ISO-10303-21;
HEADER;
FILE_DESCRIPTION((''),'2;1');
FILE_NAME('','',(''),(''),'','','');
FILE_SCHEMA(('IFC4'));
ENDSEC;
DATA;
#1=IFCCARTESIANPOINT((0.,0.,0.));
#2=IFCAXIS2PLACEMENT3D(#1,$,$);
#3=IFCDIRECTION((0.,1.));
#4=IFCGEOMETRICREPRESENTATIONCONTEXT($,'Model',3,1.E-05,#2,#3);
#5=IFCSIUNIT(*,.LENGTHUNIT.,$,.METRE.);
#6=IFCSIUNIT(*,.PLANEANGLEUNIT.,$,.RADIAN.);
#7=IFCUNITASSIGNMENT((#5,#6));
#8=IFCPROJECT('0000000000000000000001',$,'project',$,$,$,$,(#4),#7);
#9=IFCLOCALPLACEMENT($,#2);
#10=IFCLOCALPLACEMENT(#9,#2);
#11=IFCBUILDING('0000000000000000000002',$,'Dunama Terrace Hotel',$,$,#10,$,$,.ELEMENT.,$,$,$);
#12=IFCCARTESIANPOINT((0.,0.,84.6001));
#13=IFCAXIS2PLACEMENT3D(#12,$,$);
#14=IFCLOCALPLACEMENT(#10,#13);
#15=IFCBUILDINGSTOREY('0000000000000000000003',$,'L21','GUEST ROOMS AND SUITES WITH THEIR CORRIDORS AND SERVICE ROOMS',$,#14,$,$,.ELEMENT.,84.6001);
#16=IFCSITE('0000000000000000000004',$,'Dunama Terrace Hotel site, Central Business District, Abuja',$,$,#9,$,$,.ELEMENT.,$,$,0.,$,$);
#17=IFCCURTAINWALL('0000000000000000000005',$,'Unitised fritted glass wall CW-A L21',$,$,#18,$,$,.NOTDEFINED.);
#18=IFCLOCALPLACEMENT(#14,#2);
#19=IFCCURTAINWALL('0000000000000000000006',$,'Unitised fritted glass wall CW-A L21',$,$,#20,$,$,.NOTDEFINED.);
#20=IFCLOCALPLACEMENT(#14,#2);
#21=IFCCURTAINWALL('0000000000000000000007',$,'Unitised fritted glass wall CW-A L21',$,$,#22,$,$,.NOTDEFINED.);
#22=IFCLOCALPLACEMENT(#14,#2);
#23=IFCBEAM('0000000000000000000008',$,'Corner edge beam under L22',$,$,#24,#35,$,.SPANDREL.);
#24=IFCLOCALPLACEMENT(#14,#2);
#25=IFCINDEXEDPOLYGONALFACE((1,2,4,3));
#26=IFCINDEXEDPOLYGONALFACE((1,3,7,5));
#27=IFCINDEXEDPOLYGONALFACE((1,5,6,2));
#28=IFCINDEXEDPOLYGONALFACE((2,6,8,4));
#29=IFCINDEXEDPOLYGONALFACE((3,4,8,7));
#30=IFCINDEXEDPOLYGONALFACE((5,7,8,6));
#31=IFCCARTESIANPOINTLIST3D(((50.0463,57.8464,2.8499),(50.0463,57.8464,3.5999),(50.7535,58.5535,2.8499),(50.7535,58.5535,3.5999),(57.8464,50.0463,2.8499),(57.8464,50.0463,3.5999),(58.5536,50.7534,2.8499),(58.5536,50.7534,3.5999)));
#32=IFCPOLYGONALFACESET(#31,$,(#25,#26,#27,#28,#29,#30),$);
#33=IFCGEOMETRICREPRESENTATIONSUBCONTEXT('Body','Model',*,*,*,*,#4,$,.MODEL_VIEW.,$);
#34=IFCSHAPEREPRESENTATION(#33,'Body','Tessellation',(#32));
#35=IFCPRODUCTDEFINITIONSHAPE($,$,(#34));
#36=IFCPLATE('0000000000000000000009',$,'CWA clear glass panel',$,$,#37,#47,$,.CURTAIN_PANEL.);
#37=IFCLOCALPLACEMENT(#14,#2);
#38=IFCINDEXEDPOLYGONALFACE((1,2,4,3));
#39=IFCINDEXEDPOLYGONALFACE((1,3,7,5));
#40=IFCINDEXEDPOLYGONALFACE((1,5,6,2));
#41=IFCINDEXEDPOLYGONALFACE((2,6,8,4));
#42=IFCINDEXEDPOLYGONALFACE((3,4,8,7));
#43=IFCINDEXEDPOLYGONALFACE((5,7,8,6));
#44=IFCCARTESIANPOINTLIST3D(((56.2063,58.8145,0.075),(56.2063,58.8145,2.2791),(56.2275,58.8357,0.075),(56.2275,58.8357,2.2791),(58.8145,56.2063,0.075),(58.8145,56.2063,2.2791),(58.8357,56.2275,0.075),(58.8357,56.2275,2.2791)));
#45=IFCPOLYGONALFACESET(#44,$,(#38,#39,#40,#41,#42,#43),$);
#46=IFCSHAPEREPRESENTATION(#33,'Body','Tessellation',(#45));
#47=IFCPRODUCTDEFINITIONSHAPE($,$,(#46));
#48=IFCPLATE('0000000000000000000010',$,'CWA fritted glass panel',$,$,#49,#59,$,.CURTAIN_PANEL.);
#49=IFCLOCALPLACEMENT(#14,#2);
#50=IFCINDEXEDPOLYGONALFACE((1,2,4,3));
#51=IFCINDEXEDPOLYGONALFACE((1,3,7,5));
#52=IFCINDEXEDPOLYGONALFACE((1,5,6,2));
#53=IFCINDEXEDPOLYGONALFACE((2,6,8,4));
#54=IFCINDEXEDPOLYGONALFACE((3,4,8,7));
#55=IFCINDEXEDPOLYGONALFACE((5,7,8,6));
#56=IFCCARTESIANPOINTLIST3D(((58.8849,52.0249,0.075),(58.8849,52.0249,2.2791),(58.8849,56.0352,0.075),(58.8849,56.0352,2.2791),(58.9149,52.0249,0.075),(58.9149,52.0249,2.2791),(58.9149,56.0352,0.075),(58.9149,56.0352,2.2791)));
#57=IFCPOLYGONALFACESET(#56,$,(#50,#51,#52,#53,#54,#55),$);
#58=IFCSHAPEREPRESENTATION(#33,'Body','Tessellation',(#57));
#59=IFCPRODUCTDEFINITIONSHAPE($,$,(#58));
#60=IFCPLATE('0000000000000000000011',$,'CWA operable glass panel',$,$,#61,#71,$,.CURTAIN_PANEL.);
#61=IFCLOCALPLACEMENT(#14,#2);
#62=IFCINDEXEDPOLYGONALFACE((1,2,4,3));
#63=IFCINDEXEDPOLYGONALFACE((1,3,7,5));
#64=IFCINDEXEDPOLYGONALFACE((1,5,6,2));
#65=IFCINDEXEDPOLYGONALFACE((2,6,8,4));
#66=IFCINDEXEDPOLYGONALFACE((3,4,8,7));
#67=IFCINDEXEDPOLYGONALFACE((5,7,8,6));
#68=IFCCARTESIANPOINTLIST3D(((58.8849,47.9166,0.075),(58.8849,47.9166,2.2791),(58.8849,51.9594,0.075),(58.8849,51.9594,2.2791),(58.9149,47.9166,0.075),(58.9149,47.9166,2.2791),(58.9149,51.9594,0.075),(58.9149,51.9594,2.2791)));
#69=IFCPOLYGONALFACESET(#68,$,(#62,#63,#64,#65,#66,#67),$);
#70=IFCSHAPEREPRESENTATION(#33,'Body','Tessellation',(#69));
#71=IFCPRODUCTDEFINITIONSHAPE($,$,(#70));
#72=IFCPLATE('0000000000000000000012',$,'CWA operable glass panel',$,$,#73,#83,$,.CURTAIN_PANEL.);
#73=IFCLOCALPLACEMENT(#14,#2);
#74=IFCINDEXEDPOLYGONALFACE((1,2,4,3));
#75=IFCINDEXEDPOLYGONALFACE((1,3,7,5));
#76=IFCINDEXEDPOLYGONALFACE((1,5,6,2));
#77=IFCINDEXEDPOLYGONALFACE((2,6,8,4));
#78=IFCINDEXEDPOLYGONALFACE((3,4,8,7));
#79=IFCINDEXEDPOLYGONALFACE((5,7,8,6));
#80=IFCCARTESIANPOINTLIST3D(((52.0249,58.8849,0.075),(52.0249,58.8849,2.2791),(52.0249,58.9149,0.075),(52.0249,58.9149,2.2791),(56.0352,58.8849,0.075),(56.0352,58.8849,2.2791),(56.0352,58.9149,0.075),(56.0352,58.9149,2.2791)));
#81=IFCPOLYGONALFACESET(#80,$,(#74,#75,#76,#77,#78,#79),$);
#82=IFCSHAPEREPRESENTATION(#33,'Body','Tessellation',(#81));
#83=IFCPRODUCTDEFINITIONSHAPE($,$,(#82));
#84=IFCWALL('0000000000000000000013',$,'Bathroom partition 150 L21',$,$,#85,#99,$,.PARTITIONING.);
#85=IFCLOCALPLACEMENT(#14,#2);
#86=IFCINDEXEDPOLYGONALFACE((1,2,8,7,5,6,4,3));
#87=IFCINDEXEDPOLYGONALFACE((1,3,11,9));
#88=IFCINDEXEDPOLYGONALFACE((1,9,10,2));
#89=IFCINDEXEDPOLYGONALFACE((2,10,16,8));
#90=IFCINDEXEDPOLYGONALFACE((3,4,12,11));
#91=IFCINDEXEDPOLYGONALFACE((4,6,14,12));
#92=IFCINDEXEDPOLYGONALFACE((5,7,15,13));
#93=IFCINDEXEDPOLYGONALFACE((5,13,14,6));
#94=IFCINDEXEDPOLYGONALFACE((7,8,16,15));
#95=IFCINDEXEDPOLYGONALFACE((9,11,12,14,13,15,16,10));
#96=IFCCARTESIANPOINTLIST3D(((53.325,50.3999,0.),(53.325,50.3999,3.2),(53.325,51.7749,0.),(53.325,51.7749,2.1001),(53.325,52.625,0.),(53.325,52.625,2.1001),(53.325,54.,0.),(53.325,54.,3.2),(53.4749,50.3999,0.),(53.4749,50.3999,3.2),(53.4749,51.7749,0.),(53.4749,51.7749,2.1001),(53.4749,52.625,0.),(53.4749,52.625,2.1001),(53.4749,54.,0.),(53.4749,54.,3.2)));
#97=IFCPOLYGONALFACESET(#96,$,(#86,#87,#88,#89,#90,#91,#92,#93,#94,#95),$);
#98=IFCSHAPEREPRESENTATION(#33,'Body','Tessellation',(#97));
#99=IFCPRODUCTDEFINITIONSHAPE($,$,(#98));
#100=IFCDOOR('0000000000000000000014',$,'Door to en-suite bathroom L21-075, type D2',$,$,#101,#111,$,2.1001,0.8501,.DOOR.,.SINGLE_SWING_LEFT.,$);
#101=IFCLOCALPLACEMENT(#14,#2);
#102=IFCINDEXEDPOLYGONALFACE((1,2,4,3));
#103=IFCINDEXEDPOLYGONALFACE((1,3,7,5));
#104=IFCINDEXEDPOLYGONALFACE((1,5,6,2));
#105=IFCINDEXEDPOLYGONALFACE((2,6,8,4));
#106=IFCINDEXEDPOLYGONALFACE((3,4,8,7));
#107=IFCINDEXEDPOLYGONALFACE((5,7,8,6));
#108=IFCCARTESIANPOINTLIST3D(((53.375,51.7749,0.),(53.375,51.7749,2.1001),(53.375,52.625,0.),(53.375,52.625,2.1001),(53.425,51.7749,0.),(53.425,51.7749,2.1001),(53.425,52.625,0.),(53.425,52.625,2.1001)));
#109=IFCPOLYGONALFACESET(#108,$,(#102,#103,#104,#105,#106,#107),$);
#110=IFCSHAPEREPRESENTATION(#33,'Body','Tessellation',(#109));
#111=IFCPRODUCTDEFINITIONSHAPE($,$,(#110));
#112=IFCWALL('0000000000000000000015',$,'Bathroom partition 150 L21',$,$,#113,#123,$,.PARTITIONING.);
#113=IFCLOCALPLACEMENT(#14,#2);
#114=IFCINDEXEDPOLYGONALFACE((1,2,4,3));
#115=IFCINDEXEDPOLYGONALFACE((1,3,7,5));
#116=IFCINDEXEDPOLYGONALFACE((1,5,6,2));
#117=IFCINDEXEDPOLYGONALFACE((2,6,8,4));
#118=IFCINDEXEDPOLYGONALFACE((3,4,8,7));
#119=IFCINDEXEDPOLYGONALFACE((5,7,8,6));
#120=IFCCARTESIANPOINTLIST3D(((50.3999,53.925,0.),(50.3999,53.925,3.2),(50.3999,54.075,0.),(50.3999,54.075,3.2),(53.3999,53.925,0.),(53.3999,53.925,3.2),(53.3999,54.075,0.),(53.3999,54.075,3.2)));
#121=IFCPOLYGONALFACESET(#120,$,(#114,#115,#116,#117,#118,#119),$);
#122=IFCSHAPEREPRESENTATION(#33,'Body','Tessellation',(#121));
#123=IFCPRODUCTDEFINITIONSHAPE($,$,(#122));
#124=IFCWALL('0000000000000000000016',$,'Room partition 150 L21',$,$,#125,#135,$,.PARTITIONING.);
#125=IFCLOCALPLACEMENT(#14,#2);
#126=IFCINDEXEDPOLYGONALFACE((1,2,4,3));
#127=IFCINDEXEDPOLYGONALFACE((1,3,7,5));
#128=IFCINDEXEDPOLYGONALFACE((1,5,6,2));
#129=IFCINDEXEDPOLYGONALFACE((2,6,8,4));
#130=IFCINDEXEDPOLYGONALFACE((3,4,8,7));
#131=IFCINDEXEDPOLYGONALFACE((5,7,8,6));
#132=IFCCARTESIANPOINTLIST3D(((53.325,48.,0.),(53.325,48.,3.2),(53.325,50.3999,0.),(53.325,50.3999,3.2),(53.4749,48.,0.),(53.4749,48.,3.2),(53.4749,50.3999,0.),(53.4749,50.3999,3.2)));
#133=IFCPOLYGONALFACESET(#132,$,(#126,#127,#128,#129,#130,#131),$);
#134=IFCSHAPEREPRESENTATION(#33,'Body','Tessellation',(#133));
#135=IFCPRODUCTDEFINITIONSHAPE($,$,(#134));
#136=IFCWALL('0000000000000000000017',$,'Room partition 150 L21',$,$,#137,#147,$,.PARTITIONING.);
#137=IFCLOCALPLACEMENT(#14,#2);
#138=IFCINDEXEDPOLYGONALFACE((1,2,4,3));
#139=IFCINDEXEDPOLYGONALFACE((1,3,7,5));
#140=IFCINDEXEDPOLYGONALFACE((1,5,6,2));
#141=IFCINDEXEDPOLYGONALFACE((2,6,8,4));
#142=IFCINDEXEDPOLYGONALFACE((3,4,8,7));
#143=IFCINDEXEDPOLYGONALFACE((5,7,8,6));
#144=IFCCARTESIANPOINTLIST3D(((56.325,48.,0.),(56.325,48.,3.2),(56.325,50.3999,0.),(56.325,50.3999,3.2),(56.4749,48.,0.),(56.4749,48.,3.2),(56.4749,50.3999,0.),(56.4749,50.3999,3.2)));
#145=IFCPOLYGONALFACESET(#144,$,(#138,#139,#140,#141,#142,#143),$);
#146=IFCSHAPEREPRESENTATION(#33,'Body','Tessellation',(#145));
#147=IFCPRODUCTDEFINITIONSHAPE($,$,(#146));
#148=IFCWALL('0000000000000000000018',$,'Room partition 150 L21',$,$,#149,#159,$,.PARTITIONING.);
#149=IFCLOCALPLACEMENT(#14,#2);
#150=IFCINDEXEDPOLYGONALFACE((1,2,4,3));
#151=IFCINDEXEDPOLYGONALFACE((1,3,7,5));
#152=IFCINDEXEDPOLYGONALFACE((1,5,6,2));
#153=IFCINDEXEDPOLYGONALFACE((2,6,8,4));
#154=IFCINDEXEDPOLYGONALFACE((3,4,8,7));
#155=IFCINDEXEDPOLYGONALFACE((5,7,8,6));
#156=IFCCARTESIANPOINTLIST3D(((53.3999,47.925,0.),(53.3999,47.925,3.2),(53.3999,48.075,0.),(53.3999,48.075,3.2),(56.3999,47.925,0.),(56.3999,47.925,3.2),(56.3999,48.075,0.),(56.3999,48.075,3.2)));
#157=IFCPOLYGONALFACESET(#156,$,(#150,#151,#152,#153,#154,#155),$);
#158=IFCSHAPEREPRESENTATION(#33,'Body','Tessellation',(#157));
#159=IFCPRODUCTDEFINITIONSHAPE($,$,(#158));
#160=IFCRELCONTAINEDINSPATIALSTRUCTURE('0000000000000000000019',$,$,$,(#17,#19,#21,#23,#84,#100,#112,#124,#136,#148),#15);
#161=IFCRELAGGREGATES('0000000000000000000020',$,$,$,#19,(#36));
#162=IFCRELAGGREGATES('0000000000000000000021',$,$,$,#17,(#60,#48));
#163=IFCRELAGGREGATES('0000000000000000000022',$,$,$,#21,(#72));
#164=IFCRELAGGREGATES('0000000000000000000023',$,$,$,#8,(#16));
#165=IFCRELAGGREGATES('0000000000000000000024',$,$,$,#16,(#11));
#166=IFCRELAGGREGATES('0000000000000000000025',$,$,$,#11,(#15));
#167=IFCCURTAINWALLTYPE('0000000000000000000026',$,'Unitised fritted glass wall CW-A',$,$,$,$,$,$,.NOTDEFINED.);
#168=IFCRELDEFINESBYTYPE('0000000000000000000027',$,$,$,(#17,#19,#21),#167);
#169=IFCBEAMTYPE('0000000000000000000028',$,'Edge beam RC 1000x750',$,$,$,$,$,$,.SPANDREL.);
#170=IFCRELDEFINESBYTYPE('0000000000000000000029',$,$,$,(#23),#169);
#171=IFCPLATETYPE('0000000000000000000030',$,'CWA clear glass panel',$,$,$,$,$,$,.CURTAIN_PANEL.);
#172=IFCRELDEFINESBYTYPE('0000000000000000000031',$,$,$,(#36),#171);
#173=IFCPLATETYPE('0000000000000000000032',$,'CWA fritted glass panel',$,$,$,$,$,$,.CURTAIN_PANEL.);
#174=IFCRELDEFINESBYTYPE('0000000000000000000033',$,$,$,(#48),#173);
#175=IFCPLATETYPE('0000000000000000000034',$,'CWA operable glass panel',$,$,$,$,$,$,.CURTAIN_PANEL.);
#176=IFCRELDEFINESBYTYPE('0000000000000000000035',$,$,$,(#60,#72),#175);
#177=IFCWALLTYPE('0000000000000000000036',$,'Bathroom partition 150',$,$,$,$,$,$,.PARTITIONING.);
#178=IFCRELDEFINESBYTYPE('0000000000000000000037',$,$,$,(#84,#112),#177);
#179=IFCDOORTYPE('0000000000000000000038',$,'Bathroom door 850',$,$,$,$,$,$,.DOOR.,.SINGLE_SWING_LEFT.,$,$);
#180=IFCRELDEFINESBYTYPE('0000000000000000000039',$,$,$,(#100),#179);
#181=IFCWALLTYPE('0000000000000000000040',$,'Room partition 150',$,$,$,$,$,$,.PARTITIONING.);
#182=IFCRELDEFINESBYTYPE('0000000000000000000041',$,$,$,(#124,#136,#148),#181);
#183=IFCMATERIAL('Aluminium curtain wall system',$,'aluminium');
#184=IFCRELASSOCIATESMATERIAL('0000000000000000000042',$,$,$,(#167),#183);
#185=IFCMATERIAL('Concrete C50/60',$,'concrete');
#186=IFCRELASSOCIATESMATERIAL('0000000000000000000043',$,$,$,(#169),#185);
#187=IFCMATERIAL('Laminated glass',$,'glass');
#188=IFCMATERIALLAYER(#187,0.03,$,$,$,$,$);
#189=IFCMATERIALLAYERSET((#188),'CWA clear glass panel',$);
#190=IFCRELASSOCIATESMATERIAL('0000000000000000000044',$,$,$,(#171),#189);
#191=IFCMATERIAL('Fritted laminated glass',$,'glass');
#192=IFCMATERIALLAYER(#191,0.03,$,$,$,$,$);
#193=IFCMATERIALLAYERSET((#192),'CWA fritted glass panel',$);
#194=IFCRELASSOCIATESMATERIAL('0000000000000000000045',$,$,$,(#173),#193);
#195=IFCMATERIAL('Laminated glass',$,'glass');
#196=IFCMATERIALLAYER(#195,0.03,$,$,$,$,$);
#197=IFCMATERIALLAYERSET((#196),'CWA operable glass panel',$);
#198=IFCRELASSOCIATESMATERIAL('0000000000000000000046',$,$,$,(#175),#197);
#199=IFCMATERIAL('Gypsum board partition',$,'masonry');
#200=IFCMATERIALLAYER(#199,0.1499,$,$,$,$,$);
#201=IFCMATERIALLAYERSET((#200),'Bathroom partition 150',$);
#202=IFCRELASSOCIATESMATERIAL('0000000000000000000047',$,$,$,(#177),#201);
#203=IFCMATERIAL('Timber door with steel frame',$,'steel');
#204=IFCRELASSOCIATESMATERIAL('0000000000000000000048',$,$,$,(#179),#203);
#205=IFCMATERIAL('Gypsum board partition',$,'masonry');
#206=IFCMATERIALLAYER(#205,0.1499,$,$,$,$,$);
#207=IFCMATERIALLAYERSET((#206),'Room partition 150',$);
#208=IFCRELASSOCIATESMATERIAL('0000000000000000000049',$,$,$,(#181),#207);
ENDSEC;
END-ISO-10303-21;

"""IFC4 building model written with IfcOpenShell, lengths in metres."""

from ifc_helpers import new_model, si_unit, direction, frame, frame_2d, origin, origin_2d, place, context, subcontext, project, spatial, rectangle, extrude, material, layer, layer_set, material_profile, profile_set, type_object, element, fill, aggregate, save


model = new_model("IFC4")

# Units and contexts
model_context = context("Model", 3, precision=1e-05, world=origin(), true_north=direction((0.0, 1.0)))
body_context = subcontext(model_context, "Body", "Model", "MODEL_VIEW")
ifc_project = project(units=[si_unit("LENGTHUNIT", "METRE"), si_unit("PLANEANGLEUNIT", "RADIAN")], contexts=[model_context])

# Site, building, storey
site_placement = place(None, origin())
site = spatial("IfcSite", under=ifc_project, at=site_placement, Name="Dunama Terrace Hotel site, Central Business District, Abuja", CompositionType="ELEMENT", RefElevation=0.0)
building_placement = place(site_placement, origin())
building = spatial("IfcBuilding", under=site, at=building_placement, Name="Dunama Terrace Hotel", CompositionType="ELEMENT")
storey_placement = place(building_placement, frame((0.0, 0.0, 84.6001)))
storey = spatial("IfcBuildingStorey", under=building, at=storey_placement, Name="L21", Description="GUEST ROOMS AND SUITES WITH THEIR CORRIDORS AND SERVICE ROOMS", CompositionType="ELEMENT", Elevation=84.6001)

# Curtain walls
ifc_material_1 = material(Name="Aluminium curtain wall system", Category="aluminium")
curtain_wall_type = type_object("IfcCurtainWallType", Name="Unitised fritted glass wall CW-A", PredefinedType="NOTDEFINED", material=ifc_material_1)
curtain_wall_1_placement = place(storey_placement, origin())
curtain_wall_1 = element("IfcCurtainWall", 1, at=curtain_wall_1_placement, inside=storey, type_object=curtain_wall_type, Name="Unitised fritted glass wall CW-A L21", PredefinedType="NOTDEFINED")
curtain_wall_2_placement = place(storey_placement, origin())
curtain_wall_2 = element("IfcCurtainWall", 2, at=curtain_wall_2_placement, inside=storey, type_object=curtain_wall_type, Name="Unitised fritted glass wall CW-A L21", PredefinedType="NOTDEFINED")
curtain_wall_3_placement = place(storey_placement, origin())
curtain_wall_3 = element("IfcCurtainWall", 3, at=curtain_wall_3_placement, inside=storey, type_object=curtain_wall_type, Name="Unitised fritted glass wall CW-A L21", PredefinedType="NOTDEFINED")

# Beam
ifc_material_2 = material(Name="Concrete C50/60", Category="concrete")
ifc_material_profile_1 = material_profile(ifc_material_2, rectangle(XDim=1.0, YDim=0.75, at=origin_2d()), Name="RC 1000x750")
ifc_profile_set_1 = profile_set([ifc_material_profile_1], Name="Concrete C50/60")
beam_type = type_object("IfcBeamType", Name="Edge beam RC 1000x750", PredefinedType="SPANDREL", material=ifc_profile_set_1)
beam_placement = place(storey_placement, frame((50.3999, 58.2, 3.2249), z_axis=(0.707107, -0.707107, 0.0), x_axis=(0.707107, 0.707107, 0.0)))
element("IfcBeam", 4, at=beam_placement, inside=storey, type_object=beam_type, Name="Corner edge beam under L22", PredefinedType="SPANDREL", context=body_context, shape_type="SweptSolid", body=[
    extrude(rectangle(XDim=1.0, YDim=0.75, at=origin_2d()), origin(), (0.0, 0.0, 1.0), 11.031),
])

# Plates
ifc_material_3 = material(Name="Laminated glass", Category="glass")
ifc_layer_1 = layer(ifc_material_3, 0.03)
ifc_layer_set_1 = layer_set([ifc_layer_1], Name="CWA clear glass panel")
plate_type_1 = type_object("IfcPlateType", Name="CWA clear glass panel", PredefinedType="CURTAIN_PANEL", material=ifc_layer_set_1)
plate_1_placement = place(storey_placement, frame((57.521, 57.521, 0.075), z_axis=(0.0, 0.0, 1.0), x_axis=(-0.707107, 0.707107, 0.0)))
plate_1 = element("IfcPlate", 5, at=plate_1_placement, type_object=plate_type_1, Name="CWA clear glass panel", PredefinedType="CURTAIN_PANEL", context=body_context, shape_type="SweptSolid", body=[
    extrude(rectangle(XDim=3.6885, YDim=0.03, at=origin_2d()), origin(), (0.0, 0.0, 1.0), 2.2041),
])
aggregate(curtain_wall_2, [plate_1])
ifc_material_4 = material(Name="Fritted laminated glass", Category="glass")
ifc_layer_2 = layer(ifc_material_4, 0.03)
ifc_layer_set_2 = layer_set([ifc_layer_2], Name="CWA fritted glass panel")
plate_type_2 = type_object("IfcPlateType", Name="CWA fritted glass panel", PredefinedType="CURTAIN_PANEL", material=ifc_layer_set_2)
plate_2_placement = place(storey_placement, frame((58.8999, 54.03, 0.075), z_axis=(0.0, 0.0, 1.0), x_axis=(0.0, 1.0, 0.0)))
plate_2 = element("IfcPlate", 6, at=plate_2_placement, type_object=plate_type_2, Name="CWA fritted glass panel", PredefinedType="CURTAIN_PANEL", context=body_context, shape_type="SweptSolid", body=[
    extrude(rectangle(XDim=4.0103, YDim=0.03, at=origin_2d()), origin(), (0.0, 0.0, 1.0), 2.2041),
])
ifc_material_5 = material(Name="Laminated glass", Category="glass")
ifc_layer_3 = layer(ifc_material_5, 0.03)
ifc_layer_set_3 = layer_set([ifc_layer_3], Name="CWA operable glass panel")
plate_type_3 = type_object("IfcPlateType", Name="CWA operable glass panel", PredefinedType="CURTAIN_PANEL", material=ifc_layer_set_3)
plate_3_placement = place(storey_placement, frame((58.8999, 49.938, 0.075), z_axis=(0.0, 0.0, 1.0), x_axis=(0.0, 1.0, 0.0)))
plate_3 = element("IfcPlate", 7, at=plate_3_placement, type_object=plate_type_3, Name="CWA operable glass panel", PredefinedType="CURTAIN_PANEL", context=body_context, shape_type="SweptSolid", body=[
    extrude(rectangle(XDim=4.0427, YDim=0.03, at=origin_2d()), origin(), (0.0, 0.0, 1.0), 2.2041),
])
aggregate(curtain_wall_1, [plate_3, plate_2])
plate_4_placement = place(storey_placement, frame((54.03, 58.8999, 0.075), z_axis=(0.0, 0.0, 1.0), x_axis=(-1.0, 0.0, 0.0)))
plate_4 = element("IfcPlate", 8, at=plate_4_placement, type_object=plate_type_3, Name="CWA operable glass panel", PredefinedType="CURTAIN_PANEL", context=body_context, shape_type="SweptSolid", body=[
    extrude(rectangle(XDim=4.0103, YDim=0.03, at=origin_2d()), origin(), (0.0, 0.0, 1.0), 2.2041),
])
aggregate(curtain_wall_3, [plate_4])

# Wall, opening, door
ifc_material_6 = material(Name="Gypsum board partition", Category="masonry")
ifc_layer_4 = layer(ifc_material_6, 0.1499)
ifc_layer_set_4 = layer_set([ifc_layer_4], Name="Bathroom partition 150")
wall_type_1 = type_object("IfcWallType", Name="Bathroom partition 150", PredefinedType="PARTITIONING", material=ifc_layer_set_4)
wall_1_placement = place(storey_placement, frame((53.3999, 50.3999, 0.0), z_axis=(0.0, 0.0, 1.0), x_axis=(0.0, 1.0, 0.0)))
wall_1 = element("IfcWall", 9, at=wall_1_placement, inside=storey, type_object=wall_type_1, Name="Bathroom partition 150 L21", PredefinedType="PARTITIONING", context=body_context, shape_type="SweptSolid", body=[
    extrude(rectangle(XDim=3.6001, YDim=0.1499, at=frame_2d((1.8, 0.0))), origin(), (0.0, 0.0, 1.0), 3.2),
])
opening_1_placement = place(wall_1_placement, frame((1.375, 0.0, 0.0)))
opening_1 = element("IfcOpeningElement", 10, at=opening_1_placement, cuts=wall_1, PredefinedType="OPENING", context=body_context, shape_type="SweptSolid", body=[
    extrude(rectangle(XDim=0.8501, YDim=2.1001, at=frame_2d((0.425, 1.05))), frame((0.0, 0.085, 0.0), z_axis=(0.0, -1.0, 0.0), x_axis=(1.0, 0.0, 0.0)), (0.0, 0.0, 1.0), 0.1699),
])
ifc_material_7 = material(Name="Timber door with steel frame", Category="steel")
door_type_1 = type_object("IfcDoorType", Name="Bathroom door 850", OperationType="SINGLE_SWING_LEFT", PredefinedType="DOOR", material=ifc_material_7)
door_1_placement = place(opening_1_placement, origin())
door_1 = element("IfcDoor", 11, at=door_1_placement, inside=storey, type_object=door_type_1, Name="Door to en-suite bathroom L21-075, type D2", OperationType="SINGLE_SWING_LEFT", OverallHeight=2.1001, OverallWidth=0.8501, PredefinedType="DOOR", context=body_context, shape_type="SweptSolid", body=[
    extrude(rectangle(XDim=0.8501, YDim=2.1001, at=frame_2d((0.425, 1.05))), frame((0.0, 0.0249, 0.0), z_axis=(0.0, -1.0, 0.0), x_axis=(1.0, 0.0, 0.0)), (0.0, 0.0, 1.0), 0.05),
])
fill(opening_1, door_1)

# Walls
wall_2_placement = place(storey_placement, frame((50.3999, 54.0, 0.0), z_axis=(0.0, 0.0, 1.0), x_axis=(1.0, 0.0, 0.0)))
element("IfcWall", 12, at=wall_2_placement, inside=storey, type_object=wall_type_1, Name="Bathroom partition 150 L21", PredefinedType="PARTITIONING", context=body_context, shape_type="SweptSolid", body=[
    extrude(rectangle(XDim=3.0, YDim=0.1499, at=frame_2d((1.5, 0.0))), origin(), (0.0, 0.0, 1.0), 3.2),
])
ifc_material_8 = material(Name="Gypsum board partition", Category="masonry")
ifc_layer_5 = layer(ifc_material_8, 0.1499)
ifc_layer_set_5 = layer_set([ifc_layer_5], Name="Room partition 150")
wall_type_2 = type_object("IfcWallType", Name="Room partition 150", PredefinedType="PARTITIONING", material=ifc_layer_set_5)
for number, where, z_axis, x_axis, name in (
    (13, (53.3999, 48.0, 0.0), (0.0, 0.0, 1.0), (0.0, 1.0, 0.0), "Room partition 150 L21"),
    (14, (56.3999, 48.0, 0.0), (0.0, 0.0, 1.0), (0.0, 1.0, 0.0), "Room partition 150 L21"),
):
    element("IfcWall", number, at=place(storey_placement, frame(where, z_axis=z_axis, x_axis=x_axis)), inside=storey, type_object=wall_type_2, Name=name, PredefinedType="PARTITIONING", context=body_context, shape_type="SweptSolid", body=[
        extrude(rectangle(XDim=2.3999, YDim=0.1499, at=frame_2d((1.2, 0.0))), origin(), (0.0, 0.0, 1.0), 3.2),
    ])
wall_3_placement = place(storey_placement, frame((53.3999, 48.0, 0.0), z_axis=(0.0, 0.0, 1.0), x_axis=(1.0, 0.0, 0.0)))
element("IfcWall", 15, at=wall_3_placement, inside=storey, type_object=wall_type_2, Name="Room partition 150 L21", PredefinedType="PARTITIONING", context=body_context, shape_type="SweptSolid", body=[
    extrude(rectangle(XDim=3.0, YDim=0.1499, at=frame_2d((1.5, 0.0))), origin(), (0.0, 0.0, 1.0), 3.2),
])

save(model, "model.ifc")
